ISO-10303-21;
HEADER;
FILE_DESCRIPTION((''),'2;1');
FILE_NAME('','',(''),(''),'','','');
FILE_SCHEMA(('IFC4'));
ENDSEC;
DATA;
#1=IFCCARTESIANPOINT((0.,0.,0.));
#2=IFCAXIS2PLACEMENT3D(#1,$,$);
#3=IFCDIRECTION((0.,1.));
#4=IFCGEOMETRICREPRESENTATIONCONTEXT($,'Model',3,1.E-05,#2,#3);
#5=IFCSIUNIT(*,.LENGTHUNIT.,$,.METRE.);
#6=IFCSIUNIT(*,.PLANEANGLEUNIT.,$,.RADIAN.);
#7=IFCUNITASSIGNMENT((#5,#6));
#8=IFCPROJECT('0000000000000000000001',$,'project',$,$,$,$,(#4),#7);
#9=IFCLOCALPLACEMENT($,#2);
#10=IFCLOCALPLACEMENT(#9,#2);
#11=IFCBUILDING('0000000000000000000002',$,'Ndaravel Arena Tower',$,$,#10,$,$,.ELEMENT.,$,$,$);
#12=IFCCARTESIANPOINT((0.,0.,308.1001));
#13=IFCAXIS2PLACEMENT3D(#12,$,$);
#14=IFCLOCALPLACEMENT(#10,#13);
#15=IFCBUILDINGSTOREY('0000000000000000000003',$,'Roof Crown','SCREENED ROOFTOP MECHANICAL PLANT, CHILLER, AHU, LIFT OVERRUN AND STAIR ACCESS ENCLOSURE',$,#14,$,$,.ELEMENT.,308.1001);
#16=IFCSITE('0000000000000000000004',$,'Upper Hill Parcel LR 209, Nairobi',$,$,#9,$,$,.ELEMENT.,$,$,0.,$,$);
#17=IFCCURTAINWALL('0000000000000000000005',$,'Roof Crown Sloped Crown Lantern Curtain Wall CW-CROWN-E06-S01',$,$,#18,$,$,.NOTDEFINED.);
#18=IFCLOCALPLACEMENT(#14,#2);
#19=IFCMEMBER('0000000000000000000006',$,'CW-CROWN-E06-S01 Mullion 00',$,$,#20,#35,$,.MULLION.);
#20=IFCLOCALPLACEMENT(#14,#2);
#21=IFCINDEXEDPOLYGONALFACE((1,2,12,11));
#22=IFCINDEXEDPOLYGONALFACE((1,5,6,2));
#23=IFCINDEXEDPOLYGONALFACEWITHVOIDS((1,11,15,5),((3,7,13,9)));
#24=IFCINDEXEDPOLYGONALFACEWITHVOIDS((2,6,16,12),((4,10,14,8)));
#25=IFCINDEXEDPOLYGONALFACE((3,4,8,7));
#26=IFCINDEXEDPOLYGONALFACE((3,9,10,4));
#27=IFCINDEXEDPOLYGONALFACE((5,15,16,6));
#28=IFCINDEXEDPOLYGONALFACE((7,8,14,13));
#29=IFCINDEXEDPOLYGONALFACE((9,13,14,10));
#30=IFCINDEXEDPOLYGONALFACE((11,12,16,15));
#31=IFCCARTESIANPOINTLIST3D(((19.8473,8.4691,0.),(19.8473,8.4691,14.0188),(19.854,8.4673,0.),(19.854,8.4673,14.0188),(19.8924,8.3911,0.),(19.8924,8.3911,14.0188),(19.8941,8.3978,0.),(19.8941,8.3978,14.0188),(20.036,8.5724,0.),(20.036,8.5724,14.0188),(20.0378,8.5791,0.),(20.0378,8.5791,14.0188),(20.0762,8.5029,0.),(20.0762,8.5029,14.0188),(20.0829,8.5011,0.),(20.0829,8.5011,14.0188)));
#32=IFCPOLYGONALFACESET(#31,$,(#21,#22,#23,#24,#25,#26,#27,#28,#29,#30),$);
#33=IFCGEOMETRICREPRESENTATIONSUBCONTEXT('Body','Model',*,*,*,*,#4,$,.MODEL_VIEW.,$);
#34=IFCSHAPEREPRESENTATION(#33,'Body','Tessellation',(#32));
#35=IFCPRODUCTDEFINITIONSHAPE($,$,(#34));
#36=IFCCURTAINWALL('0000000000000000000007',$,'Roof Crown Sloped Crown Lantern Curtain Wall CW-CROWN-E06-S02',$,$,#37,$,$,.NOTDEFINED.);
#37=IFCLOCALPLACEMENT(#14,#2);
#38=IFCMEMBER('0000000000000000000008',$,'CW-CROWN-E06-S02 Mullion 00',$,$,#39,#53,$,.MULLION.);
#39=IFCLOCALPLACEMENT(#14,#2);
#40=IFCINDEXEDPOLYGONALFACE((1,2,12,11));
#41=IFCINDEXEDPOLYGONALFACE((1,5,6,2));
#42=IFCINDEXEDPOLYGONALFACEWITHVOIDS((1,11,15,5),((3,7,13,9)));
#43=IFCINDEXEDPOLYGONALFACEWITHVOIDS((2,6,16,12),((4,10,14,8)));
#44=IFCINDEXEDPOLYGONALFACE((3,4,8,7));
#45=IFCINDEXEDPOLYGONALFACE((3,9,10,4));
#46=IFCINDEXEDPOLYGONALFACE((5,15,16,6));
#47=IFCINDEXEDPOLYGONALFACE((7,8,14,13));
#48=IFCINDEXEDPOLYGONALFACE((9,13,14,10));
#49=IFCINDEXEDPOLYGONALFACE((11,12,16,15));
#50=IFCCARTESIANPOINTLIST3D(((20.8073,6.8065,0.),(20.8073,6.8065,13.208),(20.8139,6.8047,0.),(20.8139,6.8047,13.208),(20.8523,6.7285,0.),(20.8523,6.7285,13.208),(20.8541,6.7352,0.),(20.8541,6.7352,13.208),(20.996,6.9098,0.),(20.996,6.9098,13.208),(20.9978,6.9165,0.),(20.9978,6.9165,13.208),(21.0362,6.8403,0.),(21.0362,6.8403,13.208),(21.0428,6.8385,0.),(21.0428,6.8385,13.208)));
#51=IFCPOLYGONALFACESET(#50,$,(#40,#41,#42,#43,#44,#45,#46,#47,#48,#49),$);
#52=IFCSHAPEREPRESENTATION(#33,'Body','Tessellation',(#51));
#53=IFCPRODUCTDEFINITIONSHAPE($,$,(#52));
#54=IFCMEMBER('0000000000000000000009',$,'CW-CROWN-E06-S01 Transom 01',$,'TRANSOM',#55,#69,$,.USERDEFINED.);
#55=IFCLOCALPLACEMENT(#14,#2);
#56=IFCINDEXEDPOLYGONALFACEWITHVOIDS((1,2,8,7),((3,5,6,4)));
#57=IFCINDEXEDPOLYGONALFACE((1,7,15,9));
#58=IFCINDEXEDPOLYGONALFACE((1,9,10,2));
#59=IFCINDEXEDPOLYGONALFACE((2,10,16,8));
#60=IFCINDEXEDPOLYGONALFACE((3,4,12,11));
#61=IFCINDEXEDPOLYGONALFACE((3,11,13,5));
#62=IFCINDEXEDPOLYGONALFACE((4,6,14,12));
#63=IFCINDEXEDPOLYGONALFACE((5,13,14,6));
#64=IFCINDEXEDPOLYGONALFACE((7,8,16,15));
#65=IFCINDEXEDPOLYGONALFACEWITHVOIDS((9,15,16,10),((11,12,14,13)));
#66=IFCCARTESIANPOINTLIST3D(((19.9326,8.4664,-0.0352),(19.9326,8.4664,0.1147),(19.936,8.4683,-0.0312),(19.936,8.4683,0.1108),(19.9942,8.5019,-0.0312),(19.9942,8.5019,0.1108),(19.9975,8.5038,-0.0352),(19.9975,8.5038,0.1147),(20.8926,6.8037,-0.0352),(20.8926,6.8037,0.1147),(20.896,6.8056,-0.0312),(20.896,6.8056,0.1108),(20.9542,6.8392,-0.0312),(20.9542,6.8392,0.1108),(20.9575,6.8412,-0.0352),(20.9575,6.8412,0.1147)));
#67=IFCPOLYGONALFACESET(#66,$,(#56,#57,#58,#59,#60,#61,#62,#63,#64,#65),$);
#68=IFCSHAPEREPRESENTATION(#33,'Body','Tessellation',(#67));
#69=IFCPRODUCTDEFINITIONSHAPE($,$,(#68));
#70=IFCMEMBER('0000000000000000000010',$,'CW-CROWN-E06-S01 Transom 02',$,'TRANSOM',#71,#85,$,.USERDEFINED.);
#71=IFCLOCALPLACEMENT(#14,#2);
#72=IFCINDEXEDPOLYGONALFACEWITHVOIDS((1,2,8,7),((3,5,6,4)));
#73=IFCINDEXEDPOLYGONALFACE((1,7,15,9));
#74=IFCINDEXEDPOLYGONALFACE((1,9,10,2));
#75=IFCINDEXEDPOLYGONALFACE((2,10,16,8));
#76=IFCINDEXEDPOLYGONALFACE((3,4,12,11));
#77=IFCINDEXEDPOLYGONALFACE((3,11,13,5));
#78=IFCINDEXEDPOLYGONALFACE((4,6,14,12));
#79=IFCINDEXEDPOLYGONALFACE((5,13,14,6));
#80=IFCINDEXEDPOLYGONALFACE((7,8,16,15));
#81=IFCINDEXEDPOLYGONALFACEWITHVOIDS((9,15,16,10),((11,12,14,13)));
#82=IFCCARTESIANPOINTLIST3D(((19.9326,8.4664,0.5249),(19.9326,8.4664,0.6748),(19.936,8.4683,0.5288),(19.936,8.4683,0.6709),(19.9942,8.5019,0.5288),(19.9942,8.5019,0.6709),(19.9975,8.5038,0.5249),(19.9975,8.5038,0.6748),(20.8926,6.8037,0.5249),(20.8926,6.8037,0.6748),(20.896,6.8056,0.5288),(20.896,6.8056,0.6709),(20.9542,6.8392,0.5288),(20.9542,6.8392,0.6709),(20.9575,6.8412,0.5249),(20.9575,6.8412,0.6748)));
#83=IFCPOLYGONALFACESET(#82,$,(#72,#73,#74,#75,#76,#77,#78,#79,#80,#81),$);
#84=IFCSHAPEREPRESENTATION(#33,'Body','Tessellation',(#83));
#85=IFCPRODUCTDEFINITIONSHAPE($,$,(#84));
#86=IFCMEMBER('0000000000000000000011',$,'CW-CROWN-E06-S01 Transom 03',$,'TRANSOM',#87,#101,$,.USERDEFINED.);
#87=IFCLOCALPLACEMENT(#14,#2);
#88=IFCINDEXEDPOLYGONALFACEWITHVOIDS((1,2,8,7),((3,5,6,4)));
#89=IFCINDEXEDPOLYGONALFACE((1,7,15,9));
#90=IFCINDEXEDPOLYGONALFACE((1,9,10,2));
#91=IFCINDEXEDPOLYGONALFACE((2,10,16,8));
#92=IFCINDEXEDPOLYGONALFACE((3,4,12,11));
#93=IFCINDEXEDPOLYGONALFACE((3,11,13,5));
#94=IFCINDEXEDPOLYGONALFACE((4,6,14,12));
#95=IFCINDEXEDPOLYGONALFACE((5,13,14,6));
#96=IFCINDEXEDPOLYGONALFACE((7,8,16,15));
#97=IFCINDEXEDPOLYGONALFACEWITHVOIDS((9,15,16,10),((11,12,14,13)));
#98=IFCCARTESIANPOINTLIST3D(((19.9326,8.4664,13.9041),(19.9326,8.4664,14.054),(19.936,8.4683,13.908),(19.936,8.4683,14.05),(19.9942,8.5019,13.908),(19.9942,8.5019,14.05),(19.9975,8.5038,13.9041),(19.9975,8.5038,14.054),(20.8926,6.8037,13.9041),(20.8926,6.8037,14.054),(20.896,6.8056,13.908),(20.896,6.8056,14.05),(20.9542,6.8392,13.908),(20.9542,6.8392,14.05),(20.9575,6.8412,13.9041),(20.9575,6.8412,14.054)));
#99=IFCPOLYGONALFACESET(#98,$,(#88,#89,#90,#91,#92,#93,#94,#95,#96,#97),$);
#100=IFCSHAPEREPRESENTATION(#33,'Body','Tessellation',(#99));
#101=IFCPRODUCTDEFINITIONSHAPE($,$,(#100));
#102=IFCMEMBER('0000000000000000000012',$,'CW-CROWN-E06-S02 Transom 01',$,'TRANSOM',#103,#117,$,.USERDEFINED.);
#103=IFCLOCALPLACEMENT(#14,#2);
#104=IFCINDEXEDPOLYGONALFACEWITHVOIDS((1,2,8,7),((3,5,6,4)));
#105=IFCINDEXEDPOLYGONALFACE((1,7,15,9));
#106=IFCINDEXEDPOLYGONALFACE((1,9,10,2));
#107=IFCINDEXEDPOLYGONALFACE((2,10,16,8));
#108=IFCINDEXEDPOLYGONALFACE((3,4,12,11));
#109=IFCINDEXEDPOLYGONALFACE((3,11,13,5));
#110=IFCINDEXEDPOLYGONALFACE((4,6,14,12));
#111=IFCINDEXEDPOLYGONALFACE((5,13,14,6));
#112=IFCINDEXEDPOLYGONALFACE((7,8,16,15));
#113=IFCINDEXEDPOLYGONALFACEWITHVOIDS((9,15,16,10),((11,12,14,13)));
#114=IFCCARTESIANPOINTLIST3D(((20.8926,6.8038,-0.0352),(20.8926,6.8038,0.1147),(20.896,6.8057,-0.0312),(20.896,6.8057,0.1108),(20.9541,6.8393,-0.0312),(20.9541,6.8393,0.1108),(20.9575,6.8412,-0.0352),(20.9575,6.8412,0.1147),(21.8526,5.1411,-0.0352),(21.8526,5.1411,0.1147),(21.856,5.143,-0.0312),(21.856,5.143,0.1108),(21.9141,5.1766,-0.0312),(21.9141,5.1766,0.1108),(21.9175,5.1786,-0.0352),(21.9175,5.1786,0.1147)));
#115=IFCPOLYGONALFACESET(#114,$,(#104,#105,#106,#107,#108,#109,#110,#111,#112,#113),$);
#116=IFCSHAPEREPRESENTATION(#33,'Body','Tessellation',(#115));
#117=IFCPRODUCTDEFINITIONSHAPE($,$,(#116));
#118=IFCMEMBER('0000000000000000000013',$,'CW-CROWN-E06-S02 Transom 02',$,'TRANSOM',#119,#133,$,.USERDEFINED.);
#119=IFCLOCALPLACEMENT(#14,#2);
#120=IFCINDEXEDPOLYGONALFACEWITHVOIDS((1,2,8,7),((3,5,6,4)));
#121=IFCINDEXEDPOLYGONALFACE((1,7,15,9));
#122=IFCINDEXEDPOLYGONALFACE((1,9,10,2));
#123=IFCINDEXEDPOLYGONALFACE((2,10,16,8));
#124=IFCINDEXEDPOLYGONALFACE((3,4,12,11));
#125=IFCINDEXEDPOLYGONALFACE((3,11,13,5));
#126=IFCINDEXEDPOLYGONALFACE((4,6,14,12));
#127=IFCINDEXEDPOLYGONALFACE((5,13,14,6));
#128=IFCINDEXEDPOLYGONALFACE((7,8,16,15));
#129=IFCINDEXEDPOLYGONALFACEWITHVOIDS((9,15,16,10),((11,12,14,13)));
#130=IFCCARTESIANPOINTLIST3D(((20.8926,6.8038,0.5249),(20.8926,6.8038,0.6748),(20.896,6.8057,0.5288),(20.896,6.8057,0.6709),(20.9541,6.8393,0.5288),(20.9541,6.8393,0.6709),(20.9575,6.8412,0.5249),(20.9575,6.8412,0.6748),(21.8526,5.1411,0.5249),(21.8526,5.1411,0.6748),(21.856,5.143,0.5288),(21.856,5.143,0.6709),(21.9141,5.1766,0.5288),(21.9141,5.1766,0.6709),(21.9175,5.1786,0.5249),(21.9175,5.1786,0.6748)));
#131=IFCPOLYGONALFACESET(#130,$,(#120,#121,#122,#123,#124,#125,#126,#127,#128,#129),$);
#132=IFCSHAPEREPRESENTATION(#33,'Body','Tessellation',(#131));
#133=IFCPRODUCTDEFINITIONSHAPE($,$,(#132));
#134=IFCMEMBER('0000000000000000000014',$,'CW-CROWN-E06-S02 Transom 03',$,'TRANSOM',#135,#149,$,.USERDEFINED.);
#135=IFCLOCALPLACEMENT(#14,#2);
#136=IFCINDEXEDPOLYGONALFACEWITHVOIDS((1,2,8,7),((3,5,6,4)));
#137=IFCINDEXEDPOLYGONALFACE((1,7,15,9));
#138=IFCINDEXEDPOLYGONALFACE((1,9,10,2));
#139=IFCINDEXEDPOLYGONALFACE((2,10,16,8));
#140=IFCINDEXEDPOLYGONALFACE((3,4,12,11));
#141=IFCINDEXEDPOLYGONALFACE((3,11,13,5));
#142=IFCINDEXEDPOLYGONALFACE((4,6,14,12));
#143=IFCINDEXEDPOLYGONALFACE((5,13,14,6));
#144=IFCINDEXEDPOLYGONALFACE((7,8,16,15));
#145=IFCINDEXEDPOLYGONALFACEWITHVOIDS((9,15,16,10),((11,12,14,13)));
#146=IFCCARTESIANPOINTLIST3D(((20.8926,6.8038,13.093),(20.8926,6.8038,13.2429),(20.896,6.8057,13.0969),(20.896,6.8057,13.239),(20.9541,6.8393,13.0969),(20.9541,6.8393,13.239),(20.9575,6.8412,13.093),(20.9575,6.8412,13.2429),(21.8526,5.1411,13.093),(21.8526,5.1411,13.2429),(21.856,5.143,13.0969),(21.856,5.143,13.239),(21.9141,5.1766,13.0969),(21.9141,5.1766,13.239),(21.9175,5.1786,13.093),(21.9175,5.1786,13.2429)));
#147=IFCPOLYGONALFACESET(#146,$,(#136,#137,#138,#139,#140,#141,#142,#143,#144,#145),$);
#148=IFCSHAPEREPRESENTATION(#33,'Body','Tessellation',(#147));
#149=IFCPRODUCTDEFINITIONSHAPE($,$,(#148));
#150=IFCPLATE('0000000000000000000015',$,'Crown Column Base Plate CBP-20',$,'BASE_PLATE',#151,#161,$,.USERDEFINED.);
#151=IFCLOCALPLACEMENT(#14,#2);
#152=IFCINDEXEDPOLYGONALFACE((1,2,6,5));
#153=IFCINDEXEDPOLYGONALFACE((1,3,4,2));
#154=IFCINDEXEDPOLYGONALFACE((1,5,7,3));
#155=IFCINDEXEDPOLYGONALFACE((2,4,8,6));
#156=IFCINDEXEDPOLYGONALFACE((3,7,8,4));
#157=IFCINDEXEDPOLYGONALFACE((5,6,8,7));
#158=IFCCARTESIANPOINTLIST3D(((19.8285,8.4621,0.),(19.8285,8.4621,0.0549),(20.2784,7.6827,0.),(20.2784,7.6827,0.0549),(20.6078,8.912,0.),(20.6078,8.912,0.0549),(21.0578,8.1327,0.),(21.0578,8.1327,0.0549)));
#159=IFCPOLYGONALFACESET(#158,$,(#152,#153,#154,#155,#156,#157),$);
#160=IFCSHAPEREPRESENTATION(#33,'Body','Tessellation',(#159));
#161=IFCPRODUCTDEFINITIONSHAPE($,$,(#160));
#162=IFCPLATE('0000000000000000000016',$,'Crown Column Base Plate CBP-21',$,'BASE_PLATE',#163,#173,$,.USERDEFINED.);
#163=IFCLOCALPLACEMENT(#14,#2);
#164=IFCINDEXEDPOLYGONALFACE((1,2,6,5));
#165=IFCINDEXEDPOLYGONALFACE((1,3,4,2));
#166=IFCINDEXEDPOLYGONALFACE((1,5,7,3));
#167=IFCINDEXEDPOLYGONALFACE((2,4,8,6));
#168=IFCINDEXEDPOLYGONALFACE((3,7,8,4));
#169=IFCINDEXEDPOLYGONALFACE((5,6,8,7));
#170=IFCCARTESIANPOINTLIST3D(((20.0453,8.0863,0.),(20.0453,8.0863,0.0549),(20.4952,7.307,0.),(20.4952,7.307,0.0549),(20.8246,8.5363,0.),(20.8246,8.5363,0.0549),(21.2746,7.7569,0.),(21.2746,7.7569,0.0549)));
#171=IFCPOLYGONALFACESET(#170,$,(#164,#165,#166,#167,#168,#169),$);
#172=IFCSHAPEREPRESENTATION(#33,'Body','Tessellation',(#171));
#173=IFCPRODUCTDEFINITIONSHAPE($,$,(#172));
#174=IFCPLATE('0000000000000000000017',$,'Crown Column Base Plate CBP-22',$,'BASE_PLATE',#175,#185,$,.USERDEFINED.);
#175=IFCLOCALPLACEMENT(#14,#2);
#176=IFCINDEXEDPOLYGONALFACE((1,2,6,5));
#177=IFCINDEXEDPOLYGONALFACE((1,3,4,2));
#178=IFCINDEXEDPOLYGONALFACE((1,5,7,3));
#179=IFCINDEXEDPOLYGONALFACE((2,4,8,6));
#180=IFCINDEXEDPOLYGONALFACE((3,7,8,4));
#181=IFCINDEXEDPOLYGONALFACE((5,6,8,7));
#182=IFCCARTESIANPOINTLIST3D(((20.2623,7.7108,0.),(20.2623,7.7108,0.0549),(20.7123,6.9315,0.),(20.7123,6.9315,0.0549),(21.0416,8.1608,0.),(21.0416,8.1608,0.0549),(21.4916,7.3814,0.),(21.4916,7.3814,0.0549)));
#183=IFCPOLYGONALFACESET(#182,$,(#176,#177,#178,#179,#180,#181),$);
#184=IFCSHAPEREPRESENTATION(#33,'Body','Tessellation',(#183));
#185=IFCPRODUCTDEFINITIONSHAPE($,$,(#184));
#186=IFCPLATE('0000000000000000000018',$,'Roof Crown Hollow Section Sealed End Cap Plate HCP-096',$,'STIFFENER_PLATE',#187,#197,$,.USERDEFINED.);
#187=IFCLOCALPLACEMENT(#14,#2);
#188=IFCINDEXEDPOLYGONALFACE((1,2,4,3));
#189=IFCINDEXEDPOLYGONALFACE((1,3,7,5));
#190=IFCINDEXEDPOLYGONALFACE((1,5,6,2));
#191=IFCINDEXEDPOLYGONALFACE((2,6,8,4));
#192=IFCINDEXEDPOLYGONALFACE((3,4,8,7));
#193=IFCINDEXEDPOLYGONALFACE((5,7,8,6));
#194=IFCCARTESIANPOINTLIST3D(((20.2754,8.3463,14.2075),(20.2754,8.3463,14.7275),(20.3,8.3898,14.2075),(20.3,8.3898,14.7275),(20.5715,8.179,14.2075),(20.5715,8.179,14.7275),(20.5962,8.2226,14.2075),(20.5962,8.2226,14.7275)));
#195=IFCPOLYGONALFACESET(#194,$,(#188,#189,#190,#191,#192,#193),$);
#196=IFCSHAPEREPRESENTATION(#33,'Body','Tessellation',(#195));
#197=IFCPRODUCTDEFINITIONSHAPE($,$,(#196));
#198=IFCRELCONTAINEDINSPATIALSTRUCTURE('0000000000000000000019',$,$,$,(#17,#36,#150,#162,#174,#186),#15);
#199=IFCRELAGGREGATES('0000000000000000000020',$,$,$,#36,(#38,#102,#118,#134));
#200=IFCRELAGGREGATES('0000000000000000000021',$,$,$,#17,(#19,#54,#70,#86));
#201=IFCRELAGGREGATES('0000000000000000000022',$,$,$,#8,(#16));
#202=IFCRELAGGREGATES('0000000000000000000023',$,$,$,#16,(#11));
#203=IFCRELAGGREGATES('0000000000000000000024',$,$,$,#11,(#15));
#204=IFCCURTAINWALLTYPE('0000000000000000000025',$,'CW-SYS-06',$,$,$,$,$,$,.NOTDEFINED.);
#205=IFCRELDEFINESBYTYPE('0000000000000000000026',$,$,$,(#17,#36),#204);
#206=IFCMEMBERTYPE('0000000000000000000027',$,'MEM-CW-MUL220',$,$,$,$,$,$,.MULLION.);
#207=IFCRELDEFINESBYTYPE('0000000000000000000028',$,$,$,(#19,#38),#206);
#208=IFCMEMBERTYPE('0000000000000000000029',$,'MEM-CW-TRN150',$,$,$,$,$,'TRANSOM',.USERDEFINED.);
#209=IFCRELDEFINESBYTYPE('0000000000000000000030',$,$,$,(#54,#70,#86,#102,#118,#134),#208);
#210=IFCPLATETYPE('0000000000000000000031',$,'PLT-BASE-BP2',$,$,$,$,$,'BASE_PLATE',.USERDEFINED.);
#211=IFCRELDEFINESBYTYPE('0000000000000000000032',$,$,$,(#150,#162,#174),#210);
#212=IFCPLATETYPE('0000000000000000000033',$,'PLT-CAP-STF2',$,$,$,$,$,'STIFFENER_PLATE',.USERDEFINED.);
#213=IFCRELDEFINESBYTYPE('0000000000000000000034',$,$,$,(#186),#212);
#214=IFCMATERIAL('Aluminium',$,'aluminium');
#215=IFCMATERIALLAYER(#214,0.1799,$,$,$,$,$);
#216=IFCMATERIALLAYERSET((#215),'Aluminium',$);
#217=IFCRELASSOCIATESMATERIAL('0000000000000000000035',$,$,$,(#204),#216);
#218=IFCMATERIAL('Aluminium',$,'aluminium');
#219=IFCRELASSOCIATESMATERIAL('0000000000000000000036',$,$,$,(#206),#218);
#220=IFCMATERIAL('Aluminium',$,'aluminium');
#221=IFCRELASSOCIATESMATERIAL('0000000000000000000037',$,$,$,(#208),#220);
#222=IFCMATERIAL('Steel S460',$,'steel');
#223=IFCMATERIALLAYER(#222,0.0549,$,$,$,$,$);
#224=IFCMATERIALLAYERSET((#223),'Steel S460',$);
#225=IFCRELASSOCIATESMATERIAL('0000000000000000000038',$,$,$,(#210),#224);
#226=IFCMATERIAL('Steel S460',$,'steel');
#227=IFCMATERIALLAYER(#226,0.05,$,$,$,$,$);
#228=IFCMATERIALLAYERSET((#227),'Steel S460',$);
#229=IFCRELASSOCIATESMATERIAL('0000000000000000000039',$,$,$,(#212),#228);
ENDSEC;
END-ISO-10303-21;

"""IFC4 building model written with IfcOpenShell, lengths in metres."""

from ifc_helpers import new_model, si_unit, direction, frame, origin, origin_2d, place, context, subcontext, project, spatial, rectangle, hollow_rectangle, extrude, material, layer, layer_set, material_profile, profile_set, type_object, element, aggregate, save


model = new_model("IFC4")

# Units and contexts
model_context = context("Model", 3, precision=1e-05, world=origin(), true_north=direction((0.0, 1.0)))
body_context = subcontext(model_context, "Body", "Model", "MODEL_VIEW")
ifc_project = project(units=[si_unit("LENGTHUNIT", "METRE"), si_unit("PLANEANGLEUNIT", "RADIAN")], contexts=[model_context])

# Site, building, storey
site_placement = place(None, origin())
site = spatial("IfcSite", under=ifc_project, at=site_placement, Name="Upper Hill Parcel LR 209, Nairobi", CompositionType="ELEMENT", RefElevation=0.0)
building_placement = place(site_placement, origin())
building = spatial("IfcBuilding", under=site, at=building_placement, Name="Ndaravel Arena Tower", CompositionType="ELEMENT")
storey_placement = place(building_placement, frame((0.0, 0.0, 308.1001)))
storey = spatial("IfcBuildingStorey", under=building, at=storey_placement, Name="Roof Crown", Description="SCREENED ROOFTOP MECHANICAL PLANT, CHILLER, AHU, LIFT OVERRUN AND STAIR ACCESS ENCLOSURE", CompositionType="ELEMENT", Elevation=308.1001)

# Curtain walls, members
ifc_material_1 = material(Name="Aluminium", Category="aluminium")
ifc_layer_1 = layer(ifc_material_1, 0.1799)
ifc_layer_set_1 = layer_set([ifc_layer_1], Name="Aluminium")
curtain_wall_type = type_object("IfcCurtainWallType", Name="CW-SYS-06", PredefinedType="NOTDEFINED", material=ifc_layer_set_1)
curtain_wall_1_placement = place(storey_placement, origin())
curtain_wall_1 = element("IfcCurtainWall", 1, at=curtain_wall_1_placement, inside=storey, type_object=curtain_wall_type, Name="Roof Crown Sloped Crown Lantern Curtain Wall CW-CROWN-E06-S01", PredefinedType="NOTDEFINED")
ifc_material_2 = material(Name="Aluminium", Category="aluminium")
ifc_material_profile_1 = material_profile(ifc_material_2, hollow_rectangle(XDim=0.0901, YDim=0.22, WallThickness=0.0049, at=origin_2d()), Name="CW MULLION 90x220x5")
ifc_profile_set_1 = profile_set([ifc_material_profile_1], Name="Aluminium")
member_type_1 = type_object("IfcMemberType", Name="MEM-CW-MUL220", PredefinedType="MULLION", material=ifc_profile_set_1)
member_1_placement = place(storey_placement, frame((19.9651, 8.4851, 0.0), z_axis=(0.0, 0.0, 1.0), x_axis=(0.5, -0.866025, 0.0)))
member_1 = element("IfcMember", 2, at=member_1_placement, type_object=member_type_1, Name="CW-CROWN-E06-S01 Mullion 00", PredefinedType="MULLION", context=body_context, shape_type="SweptSolid", body=[
    extrude(hollow_rectangle(XDim=0.0901, YDim=0.22, WallThickness=0.0049, at=origin_2d()), origin(), (0.0, 0.0, 1.0), 14.0188),
])
curtain_wall_2_placement = place(storey_placement, origin())
curtain_wall_2 = element("IfcCurtainWall", 3, at=curtain_wall_2_placement, inside=storey, type_object=curtain_wall_type, Name="Roof Crown Sloped Crown Lantern Curtain Wall CW-CROWN-E06-S02", PredefinedType="NOTDEFINED")
member_2_placement = place(storey_placement, frame((20.925, 6.8225, 0.0), z_axis=(0.0, 0.0, 1.0), x_axis=(0.5, -0.866025, 0.0)))
member_2 = element("IfcMember", 4, at=member_2_placement, type_object=member_type_1, Name="CW-CROWN-E06-S02 Mullion 00", PredefinedType="MULLION", context=body_context, shape_type="SweptSolid", body=[
    extrude(hollow_rectangle(XDim=0.0901, YDim=0.22, WallThickness=0.0049, at=origin_2d()), origin(), (0.0, 0.0, 1.0), 13.208),
])

# Members
ifc_material_3 = material(Name="Aluminium", Category="aluminium")
ifc_material_profile_2 = material_profile(ifc_material_3, hollow_rectangle(XDim=0.075, YDim=0.1499, WallThickness=0.0039, at=origin_2d()), Name="CW TRANSOM 75x150x4")
ifc_profile_set_2 = profile_set([ifc_material_profile_2], Name="Aluminium")
member_type_2 = type_object("IfcMemberType", Name="MEM-CW-TRN150", ElementType="TRANSOM", PredefinedType="USERDEFINED", material=ifc_profile_set_2)
member_3_placement = place(storey_placement, frame((19.9651, 8.4851, 0.0398), z_axis=(0.500023, -0.866012, 0.0), x_axis=(0.866012, 0.500023, 0.0)))
member_3 = element("IfcMember", 5, at=member_3_placement, type_object=member_type_2, Name="CW-CROWN-E06-S01 Transom 01", ObjectType="TRANSOM", PredefinedType="USERDEFINED", context=body_context, shape_type="SweptSolid", body=[
    extrude(hollow_rectangle(XDim=0.075, YDim=0.1499, WallThickness=0.0039, at=origin_2d()), origin(), (0.0, 0.0, 1.0), 1.9199),
])
member_4_placement = place(storey_placement, frame((19.9651, 8.4851, 0.5999), z_axis=(0.500023, -0.866012, 0.0), x_axis=(0.866012, 0.500023, 0.0)))
member_4 = element("IfcMember", 6, at=member_4_placement, type_object=member_type_2, Name="CW-CROWN-E06-S01 Transom 02", ObjectType="TRANSOM", PredefinedType="USERDEFINED", context=body_context, shape_type="SweptSolid", body=[
    extrude(hollow_rectangle(XDim=0.075, YDim=0.1499, WallThickness=0.0039, at=origin_2d()), origin(), (0.0, 0.0, 1.0), 1.9199),
])
member_5_placement = place(storey_placement, frame((19.9651, 8.4851, 13.979), z_axis=(0.500023, -0.866012, 0.0), x_axis=(0.866012, 0.500023, 0.0)))
member_5 = element("IfcMember", 7, at=member_5_placement, type_object=member_type_2, Name="CW-CROWN-E06-S01 Transom 03", ObjectType="TRANSOM", PredefinedType="USERDEFINED", context=body_context, shape_type="SweptSolid", body=[
    extrude(hollow_rectangle(XDim=0.075, YDim=0.1499, WallThickness=0.0039, at=origin_2d()), origin(), (0.0, 0.0, 1.0), 1.9199),
])
member_6_placement = place(storey_placement, frame((20.925, 6.8225, 0.0398), z_axis=(0.500023, -0.866012, 0.0), x_axis=(0.866012, 0.500023, 0.0)))
member_6 = element("IfcMember", 8, at=member_6_placement, type_object=member_type_2, Name="CW-CROWN-E06-S02 Transom 01", ObjectType="TRANSOM", PredefinedType="USERDEFINED", context=body_context, shape_type="SweptSolid", body=[
    extrude(hollow_rectangle(XDim=0.075, YDim=0.1499, WallThickness=0.0039, at=origin_2d()), origin(), (0.0, 0.0, 1.0), 1.9199),
])
member_7_placement = place(storey_placement, frame((20.925, 6.8225, 0.5999), z_axis=(0.500023, -0.866012, 0.0), x_axis=(0.866012, 0.500023, 0.0)))
member_7 = element("IfcMember", 9, at=member_7_placement, type_object=member_type_2, Name="CW-CROWN-E06-S02 Transom 02", ObjectType="TRANSOM", PredefinedType="USERDEFINED", context=body_context, shape_type="SweptSolid", body=[
    extrude(hollow_rectangle(XDim=0.075, YDim=0.1499, WallThickness=0.0039, at=origin_2d()), origin(), (0.0, 0.0, 1.0), 1.9199),
])
member_8_placement = place(storey_placement, frame((20.925, 6.8225, 13.168), z_axis=(0.500023, -0.866012, 0.0), x_axis=(0.866012, 0.500023, 0.0)))
member_8 = element("IfcMember", 10, at=member_8_placement, type_object=member_type_2, Name="CW-CROWN-E06-S02 Transom 03", ObjectType="TRANSOM", PredefinedType="USERDEFINED", context=body_context, shape_type="SweptSolid", body=[
    extrude(hollow_rectangle(XDim=0.075, YDim=0.1499, WallThickness=0.0039, at=origin_2d()), origin(), (0.0, 0.0, 1.0), 1.9199),
])
aggregate(curtain_wall_2, [member_2, member_6, member_7, member_8])

# Plates
ifc_material_4 = material(Name="Steel S460", Category="steel")
ifc_layer_2 = layer(ifc_material_4, 0.0549)
ifc_layer_set_2 = layer_set([ifc_layer_2], Name="Steel S460")
plate_type_1 = type_object("IfcPlateType", Name="PLT-BASE-BP2", ElementType="BASE_PLATE", PredefinedType="USERDEFINED", material=ifc_layer_set_2)
for number, where, z_axis, x_axis, name in (
    (11, (20.4431, 8.2974, 0.0), (0.0, 0.0, 1.0), (-0.5, 0.866025, 0.0), "Crown Column Base Plate CBP-20"),
    (12, (20.6599, 7.9216, 0.0), (0.0, 0.0, 1.0), (-0.5, 0.866025, 0.0), "Crown Column Base Plate CBP-21"),
    (13, (20.877, 7.5461, 0.0), (0.0, 0.0, 1.0), (-0.5, 0.866025, 0.0), "Crown Column Base Plate CBP-22"),
):
    element("IfcPlate", number, at=place(storey_placement, frame(where, z_axis=z_axis, x_axis=x_axis)), inside=storey, type_object=plate_type_1, Name=name, ObjectType="BASE_PLATE", PredefinedType="USERDEFINED", context=body_context, shape_type="SweptSolid", body=[
        extrude(rectangle(XDim=0.8999, YDim=0.8999, at=origin_2d()), origin(), (0.0, 0.0, 1.0), 0.0549),
    ])
ifc_material_5 = material(Name="Steel S460", Category="steel")
ifc_layer_3 = layer(ifc_material_5, 0.05)
ifc_layer_set_3 = layer_set([ifc_layer_3], Name="Steel S460")
plate_type_2 = type_object("IfcPlateType", Name="PLT-CAP-STF2", ElementType="STIFFENER_PLATE", PredefinedType="USERDEFINED", material=ifc_layer_set_3)
for number, where, z_axis, x_axis, name in (
    (14, (20.4358, 8.2844, 14.2075), (0.0, 0.0, 1.0), (-0.491816, -0.870699, 0.0), "Roof Crown Hollow Section Sealed End Cap Plate HCP-096"),
):
    element("IfcPlate", number, at=place(storey_placement, frame(where, z_axis=z_axis, x_axis=x_axis)), inside=storey, type_object=plate_type_2, Name=name, ObjectType="STIFFENER_PLATE", PredefinedType="USERDEFINED", context=body_context, shape_type="SweptSolid", body=[
        extrude(rectangle(XDim=0.05, YDim=0.3401, at=origin_2d()), origin(), (0.0, 0.0, 1.0), 0.52),
    ])

aggregate(curtain_wall_1, [member_1, member_3, member_4, member_5])

save(model, "model.ifc")
